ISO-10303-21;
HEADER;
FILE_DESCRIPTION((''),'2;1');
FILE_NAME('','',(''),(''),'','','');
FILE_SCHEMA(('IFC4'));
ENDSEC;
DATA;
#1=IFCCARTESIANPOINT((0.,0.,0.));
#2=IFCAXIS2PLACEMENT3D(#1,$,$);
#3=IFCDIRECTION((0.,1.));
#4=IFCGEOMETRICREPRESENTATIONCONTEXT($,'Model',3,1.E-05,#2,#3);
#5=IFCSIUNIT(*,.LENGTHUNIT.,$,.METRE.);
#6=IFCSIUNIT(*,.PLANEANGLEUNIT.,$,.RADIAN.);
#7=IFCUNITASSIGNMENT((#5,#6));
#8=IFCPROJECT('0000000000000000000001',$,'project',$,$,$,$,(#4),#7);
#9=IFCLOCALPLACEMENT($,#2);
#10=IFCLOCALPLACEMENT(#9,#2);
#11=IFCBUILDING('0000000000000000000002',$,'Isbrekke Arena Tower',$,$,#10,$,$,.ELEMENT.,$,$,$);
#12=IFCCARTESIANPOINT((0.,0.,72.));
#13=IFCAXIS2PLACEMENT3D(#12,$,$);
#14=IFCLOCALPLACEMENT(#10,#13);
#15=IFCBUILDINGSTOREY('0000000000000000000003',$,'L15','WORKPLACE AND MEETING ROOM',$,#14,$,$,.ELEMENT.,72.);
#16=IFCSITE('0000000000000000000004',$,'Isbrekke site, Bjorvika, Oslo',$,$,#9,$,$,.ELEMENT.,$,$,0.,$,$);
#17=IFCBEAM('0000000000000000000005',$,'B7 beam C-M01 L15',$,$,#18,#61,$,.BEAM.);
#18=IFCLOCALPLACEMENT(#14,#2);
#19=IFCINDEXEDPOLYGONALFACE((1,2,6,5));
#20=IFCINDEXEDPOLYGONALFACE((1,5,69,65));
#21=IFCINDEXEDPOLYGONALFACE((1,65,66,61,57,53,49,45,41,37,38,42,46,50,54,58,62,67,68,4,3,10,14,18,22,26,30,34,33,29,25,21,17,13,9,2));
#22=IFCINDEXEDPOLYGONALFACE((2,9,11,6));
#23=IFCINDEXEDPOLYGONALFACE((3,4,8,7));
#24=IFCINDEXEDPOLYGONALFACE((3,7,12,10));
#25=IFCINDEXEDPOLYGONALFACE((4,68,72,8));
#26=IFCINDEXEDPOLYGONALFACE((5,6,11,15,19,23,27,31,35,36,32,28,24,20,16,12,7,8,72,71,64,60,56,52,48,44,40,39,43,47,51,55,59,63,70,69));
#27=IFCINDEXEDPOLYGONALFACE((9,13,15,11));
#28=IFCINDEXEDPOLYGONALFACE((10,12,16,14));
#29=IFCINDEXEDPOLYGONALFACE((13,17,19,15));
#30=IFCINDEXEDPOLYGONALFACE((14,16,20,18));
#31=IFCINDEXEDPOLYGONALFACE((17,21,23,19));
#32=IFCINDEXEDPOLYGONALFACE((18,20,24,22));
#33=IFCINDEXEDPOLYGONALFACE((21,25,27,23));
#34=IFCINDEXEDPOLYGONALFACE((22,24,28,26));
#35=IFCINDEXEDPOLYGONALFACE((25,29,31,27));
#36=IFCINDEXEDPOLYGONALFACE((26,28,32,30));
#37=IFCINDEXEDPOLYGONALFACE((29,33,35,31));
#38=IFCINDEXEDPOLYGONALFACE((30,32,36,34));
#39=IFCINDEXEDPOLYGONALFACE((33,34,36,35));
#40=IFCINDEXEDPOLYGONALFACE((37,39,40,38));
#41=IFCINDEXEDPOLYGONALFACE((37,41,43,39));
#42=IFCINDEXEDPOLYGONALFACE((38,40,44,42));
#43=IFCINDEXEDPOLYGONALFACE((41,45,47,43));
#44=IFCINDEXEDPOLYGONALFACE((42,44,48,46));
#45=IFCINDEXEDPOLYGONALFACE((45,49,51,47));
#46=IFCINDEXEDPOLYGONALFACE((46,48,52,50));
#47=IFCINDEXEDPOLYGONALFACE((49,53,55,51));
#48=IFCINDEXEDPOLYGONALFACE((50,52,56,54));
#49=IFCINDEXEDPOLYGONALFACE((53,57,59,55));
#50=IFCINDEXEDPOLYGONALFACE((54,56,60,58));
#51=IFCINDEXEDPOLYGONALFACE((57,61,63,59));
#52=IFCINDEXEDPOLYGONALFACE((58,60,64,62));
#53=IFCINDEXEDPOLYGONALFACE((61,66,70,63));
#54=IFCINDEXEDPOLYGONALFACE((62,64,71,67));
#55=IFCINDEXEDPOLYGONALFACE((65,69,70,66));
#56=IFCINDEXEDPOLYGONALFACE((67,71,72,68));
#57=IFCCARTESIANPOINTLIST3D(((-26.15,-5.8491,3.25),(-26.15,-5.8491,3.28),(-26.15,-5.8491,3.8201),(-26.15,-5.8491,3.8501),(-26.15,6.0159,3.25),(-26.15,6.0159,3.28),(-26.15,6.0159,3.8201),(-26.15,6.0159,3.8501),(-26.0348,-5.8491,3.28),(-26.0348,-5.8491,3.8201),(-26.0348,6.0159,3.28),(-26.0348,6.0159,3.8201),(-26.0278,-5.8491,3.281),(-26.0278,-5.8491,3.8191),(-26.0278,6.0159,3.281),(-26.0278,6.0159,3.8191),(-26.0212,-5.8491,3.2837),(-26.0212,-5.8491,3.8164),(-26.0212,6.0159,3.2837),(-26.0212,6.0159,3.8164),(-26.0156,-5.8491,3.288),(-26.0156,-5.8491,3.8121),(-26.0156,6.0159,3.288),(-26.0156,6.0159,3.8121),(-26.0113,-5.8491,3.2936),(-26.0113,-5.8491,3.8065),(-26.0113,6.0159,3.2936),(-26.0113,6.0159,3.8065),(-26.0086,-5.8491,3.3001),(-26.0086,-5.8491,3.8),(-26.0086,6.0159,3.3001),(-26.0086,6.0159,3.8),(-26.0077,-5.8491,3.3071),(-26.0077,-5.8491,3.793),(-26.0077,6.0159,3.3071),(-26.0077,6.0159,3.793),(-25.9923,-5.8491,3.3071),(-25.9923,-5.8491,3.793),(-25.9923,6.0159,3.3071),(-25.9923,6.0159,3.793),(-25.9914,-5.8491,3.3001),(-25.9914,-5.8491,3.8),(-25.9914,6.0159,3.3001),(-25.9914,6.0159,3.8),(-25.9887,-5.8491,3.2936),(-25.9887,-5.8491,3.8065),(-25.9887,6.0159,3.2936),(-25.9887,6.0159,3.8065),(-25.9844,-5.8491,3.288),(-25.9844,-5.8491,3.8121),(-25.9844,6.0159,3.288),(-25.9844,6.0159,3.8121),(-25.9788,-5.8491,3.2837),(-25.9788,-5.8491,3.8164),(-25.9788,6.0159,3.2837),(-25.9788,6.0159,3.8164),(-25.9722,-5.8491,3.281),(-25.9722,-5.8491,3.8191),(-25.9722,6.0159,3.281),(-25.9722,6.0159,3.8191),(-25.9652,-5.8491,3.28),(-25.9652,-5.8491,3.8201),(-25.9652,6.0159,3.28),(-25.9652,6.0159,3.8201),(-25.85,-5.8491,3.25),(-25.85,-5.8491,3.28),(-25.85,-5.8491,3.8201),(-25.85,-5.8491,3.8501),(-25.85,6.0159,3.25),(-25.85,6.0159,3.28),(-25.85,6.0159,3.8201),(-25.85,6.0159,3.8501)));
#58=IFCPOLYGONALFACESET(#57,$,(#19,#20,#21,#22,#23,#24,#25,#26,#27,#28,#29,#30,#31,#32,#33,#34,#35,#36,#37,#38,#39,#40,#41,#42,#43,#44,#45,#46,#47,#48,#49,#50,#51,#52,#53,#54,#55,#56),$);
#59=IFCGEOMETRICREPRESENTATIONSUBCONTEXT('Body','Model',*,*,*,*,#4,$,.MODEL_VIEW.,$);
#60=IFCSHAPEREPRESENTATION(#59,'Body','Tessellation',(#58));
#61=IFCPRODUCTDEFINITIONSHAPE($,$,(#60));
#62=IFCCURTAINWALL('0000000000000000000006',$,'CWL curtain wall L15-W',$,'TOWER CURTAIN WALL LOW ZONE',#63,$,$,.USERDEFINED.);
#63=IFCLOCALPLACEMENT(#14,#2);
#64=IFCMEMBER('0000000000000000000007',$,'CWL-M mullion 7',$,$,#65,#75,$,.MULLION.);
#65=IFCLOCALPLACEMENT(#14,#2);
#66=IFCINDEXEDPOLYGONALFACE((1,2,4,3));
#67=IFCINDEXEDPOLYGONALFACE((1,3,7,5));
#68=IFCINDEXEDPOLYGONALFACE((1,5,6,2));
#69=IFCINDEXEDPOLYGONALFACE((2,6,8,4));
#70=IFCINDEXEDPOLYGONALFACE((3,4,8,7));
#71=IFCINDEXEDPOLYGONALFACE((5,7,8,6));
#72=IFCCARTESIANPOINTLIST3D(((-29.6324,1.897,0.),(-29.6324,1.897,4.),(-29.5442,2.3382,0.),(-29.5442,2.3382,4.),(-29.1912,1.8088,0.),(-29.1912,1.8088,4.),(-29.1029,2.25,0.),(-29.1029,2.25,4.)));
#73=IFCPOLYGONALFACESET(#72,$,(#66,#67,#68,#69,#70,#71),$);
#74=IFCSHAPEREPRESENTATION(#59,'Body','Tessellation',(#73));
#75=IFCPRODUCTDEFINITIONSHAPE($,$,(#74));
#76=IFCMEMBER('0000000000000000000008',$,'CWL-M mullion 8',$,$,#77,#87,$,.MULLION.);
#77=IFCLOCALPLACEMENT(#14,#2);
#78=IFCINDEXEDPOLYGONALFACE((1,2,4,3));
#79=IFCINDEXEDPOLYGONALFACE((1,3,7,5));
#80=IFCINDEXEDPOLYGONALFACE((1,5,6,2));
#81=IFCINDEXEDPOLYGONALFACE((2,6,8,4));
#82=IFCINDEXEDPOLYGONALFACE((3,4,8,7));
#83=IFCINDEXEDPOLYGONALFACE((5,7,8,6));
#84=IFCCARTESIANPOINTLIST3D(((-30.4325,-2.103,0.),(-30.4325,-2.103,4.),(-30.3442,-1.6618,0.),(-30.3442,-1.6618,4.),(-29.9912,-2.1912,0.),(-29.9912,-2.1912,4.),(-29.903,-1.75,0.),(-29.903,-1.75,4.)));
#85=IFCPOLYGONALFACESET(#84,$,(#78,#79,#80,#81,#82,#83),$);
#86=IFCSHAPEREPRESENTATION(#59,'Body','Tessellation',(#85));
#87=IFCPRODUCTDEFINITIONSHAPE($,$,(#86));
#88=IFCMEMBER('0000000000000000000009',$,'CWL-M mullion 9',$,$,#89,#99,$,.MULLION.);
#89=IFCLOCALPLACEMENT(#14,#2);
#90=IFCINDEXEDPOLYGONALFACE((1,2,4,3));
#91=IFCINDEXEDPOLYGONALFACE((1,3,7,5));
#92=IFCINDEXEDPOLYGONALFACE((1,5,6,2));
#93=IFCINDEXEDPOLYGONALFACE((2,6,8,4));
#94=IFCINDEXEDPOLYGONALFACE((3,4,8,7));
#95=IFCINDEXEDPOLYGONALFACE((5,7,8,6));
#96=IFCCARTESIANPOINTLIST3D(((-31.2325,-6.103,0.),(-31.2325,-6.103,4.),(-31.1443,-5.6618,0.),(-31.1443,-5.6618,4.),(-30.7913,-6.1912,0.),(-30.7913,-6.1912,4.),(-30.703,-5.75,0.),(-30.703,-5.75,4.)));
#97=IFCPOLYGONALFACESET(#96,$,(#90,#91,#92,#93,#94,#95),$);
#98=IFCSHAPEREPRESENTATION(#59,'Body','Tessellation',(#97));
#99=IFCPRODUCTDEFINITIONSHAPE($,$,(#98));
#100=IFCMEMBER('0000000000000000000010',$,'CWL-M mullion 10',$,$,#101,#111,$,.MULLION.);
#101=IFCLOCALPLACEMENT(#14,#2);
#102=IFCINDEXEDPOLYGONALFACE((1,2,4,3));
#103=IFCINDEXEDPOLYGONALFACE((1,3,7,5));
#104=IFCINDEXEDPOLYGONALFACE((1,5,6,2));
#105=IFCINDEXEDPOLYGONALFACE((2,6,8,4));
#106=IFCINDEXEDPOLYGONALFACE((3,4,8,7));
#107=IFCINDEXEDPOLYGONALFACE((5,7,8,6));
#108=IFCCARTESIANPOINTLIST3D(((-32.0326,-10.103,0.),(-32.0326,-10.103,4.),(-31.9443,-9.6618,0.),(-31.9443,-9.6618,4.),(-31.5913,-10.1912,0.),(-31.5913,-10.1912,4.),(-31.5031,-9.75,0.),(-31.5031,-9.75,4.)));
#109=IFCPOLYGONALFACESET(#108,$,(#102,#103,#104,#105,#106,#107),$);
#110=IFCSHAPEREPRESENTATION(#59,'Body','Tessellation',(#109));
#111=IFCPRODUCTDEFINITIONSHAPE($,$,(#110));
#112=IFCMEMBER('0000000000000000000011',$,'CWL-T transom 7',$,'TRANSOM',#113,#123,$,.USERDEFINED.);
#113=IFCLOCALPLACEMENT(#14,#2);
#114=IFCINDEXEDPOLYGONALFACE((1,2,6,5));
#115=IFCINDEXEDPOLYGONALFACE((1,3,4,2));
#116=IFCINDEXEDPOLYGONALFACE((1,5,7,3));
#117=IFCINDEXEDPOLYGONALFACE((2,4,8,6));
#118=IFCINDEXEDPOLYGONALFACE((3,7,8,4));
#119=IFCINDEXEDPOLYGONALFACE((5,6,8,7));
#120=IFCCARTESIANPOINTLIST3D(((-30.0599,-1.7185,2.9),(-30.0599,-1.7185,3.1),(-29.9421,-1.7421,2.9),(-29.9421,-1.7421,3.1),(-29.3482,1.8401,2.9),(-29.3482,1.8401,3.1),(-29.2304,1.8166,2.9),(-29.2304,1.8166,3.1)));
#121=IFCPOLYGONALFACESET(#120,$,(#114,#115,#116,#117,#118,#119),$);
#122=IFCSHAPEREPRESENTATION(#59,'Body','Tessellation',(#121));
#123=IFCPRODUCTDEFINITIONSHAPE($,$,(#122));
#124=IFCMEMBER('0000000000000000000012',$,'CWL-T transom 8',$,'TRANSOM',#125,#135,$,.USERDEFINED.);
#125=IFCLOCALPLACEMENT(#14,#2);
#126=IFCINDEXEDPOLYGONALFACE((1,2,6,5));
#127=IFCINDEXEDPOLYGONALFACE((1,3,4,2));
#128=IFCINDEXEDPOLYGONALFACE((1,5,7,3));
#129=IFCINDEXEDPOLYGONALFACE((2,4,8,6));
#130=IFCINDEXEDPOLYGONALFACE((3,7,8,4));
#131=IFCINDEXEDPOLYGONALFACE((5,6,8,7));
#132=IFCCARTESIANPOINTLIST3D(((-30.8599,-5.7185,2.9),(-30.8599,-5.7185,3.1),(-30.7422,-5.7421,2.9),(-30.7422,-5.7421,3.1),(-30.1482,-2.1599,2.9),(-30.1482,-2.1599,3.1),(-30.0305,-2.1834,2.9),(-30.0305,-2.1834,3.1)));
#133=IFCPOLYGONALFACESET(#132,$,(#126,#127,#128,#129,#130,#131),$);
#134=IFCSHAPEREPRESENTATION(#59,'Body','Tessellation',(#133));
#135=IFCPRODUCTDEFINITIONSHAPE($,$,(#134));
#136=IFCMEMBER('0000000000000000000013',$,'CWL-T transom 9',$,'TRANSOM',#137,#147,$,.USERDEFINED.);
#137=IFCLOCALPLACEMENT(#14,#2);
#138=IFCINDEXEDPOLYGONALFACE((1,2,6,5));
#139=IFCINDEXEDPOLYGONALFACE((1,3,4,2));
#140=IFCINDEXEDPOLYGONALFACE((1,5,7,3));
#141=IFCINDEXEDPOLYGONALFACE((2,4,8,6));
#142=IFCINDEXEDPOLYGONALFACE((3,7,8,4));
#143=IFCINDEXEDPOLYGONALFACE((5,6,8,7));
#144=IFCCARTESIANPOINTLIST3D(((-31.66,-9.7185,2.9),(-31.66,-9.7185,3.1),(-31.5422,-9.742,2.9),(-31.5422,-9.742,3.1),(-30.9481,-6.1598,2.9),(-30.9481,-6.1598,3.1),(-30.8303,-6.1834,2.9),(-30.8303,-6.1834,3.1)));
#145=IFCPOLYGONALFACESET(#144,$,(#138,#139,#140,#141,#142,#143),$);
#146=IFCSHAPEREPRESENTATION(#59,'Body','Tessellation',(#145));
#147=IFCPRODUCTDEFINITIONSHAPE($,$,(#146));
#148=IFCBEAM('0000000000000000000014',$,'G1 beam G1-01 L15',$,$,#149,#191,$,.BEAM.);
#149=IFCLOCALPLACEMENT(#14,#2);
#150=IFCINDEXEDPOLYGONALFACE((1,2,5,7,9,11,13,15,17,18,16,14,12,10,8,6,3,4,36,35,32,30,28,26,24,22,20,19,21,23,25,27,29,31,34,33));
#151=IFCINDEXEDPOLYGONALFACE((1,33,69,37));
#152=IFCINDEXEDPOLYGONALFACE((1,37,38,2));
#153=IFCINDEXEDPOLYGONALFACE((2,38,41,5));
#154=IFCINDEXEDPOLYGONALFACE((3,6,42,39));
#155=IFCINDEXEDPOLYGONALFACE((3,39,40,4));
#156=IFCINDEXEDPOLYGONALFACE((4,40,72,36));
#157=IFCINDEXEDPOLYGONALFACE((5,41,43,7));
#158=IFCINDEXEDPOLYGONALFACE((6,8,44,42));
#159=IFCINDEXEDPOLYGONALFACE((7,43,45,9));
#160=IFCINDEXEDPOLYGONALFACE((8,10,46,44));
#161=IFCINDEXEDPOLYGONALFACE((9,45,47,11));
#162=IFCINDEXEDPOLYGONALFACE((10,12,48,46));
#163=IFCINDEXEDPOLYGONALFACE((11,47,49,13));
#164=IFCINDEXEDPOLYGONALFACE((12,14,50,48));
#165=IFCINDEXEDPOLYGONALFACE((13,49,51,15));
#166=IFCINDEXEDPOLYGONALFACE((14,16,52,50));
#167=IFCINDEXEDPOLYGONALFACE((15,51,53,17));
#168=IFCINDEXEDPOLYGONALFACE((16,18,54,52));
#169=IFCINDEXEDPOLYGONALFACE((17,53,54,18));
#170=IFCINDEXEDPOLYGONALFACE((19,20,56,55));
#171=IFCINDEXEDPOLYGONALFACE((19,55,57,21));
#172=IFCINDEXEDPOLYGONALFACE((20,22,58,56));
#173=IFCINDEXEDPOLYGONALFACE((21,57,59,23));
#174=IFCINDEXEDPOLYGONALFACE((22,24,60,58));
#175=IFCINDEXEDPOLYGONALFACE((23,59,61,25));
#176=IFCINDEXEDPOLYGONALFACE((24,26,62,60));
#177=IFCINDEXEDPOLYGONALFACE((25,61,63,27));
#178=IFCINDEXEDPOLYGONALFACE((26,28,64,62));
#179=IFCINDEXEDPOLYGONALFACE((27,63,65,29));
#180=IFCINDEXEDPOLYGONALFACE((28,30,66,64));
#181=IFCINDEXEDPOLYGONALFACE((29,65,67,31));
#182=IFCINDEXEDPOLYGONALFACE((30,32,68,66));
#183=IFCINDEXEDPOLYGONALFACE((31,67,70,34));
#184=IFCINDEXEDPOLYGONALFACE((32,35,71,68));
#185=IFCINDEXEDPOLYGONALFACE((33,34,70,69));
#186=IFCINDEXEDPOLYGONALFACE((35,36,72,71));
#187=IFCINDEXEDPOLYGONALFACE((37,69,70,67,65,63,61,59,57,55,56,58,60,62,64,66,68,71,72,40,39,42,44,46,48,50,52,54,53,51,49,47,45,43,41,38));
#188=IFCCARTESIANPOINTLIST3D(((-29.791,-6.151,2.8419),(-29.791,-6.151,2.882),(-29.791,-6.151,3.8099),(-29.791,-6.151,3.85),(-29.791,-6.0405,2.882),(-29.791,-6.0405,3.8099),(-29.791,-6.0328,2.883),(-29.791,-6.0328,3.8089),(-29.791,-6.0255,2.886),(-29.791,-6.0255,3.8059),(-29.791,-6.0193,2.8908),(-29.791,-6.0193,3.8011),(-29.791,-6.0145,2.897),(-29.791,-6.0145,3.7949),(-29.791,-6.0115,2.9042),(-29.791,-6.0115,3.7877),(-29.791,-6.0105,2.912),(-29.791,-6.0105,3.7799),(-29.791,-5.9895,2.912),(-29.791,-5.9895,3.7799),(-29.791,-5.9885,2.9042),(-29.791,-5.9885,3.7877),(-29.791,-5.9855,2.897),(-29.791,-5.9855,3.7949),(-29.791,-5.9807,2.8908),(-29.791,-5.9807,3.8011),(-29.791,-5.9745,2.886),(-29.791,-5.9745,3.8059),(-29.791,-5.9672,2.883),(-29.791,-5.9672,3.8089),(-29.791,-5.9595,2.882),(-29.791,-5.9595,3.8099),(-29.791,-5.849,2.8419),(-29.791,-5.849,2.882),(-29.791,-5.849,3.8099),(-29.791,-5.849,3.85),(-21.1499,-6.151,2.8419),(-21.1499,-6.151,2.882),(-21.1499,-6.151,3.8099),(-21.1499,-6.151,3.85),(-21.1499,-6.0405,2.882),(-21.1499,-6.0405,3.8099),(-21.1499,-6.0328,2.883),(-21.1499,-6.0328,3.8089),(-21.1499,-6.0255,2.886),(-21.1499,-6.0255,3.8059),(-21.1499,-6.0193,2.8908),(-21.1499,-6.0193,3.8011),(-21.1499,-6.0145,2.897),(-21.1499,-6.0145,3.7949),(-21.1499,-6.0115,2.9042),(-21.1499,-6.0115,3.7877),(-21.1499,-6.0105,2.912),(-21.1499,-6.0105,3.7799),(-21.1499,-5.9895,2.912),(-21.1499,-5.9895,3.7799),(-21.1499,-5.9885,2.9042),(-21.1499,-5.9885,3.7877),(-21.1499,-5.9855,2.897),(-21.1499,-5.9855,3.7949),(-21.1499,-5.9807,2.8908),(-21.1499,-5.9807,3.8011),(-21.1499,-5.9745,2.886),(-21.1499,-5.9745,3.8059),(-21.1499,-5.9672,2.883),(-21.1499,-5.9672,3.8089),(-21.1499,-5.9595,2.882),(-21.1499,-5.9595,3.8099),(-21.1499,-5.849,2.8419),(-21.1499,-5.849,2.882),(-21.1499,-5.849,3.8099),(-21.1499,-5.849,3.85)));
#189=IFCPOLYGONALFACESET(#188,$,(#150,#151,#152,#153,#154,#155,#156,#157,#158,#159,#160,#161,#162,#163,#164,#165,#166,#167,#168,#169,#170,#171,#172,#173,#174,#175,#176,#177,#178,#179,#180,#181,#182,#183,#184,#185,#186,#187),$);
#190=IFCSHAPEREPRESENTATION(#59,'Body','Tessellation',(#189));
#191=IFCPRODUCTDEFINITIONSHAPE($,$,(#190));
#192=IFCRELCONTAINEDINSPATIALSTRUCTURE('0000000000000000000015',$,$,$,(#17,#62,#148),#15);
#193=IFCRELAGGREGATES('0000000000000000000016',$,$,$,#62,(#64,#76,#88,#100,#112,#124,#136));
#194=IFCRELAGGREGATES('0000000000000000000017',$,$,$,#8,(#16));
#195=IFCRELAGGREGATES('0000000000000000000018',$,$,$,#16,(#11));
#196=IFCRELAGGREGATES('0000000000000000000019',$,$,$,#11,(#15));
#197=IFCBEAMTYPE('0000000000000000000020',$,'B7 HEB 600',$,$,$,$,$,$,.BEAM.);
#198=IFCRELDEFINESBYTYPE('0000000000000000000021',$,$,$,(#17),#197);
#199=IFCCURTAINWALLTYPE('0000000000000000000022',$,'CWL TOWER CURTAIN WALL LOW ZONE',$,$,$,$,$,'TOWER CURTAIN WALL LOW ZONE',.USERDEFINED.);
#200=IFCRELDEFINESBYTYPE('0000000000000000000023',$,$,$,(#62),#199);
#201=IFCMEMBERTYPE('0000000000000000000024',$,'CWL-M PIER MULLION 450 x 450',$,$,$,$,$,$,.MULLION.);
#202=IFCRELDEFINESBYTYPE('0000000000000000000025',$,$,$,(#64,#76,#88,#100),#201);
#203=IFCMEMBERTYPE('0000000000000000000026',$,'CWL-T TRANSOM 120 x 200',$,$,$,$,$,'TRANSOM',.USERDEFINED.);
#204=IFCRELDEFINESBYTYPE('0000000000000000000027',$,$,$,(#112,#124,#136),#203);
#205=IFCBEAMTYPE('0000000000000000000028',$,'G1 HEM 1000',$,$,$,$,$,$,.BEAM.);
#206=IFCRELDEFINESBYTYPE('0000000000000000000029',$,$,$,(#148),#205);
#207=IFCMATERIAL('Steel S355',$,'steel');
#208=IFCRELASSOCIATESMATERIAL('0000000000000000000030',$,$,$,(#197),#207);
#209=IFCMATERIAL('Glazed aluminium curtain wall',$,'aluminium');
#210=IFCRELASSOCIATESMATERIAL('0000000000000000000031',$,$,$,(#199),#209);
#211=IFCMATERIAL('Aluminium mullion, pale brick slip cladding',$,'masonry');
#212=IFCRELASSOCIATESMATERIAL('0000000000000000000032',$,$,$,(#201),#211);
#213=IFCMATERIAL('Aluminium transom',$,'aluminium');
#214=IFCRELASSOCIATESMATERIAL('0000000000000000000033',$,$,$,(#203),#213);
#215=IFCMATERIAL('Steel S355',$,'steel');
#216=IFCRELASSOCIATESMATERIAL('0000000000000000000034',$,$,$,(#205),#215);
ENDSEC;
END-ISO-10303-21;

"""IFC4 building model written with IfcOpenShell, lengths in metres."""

from ifc_helpers import new_model, si_unit, direction, frame, origin, origin_2d, place, context, subcontext, project, spatial, rectangle, i_section, extrude, material, material_profile, profile_set, type_object, element, aggregate, save


model = new_model("IFC4")

# Units and contexts
model_context = context("Model", 3, precision=1e-05, world=origin(), true_north=direction((0.0, 1.0)))
body_context = subcontext(model_context, "Body", "Model", "MODEL_VIEW")
ifc_project = project(units=[si_unit("LENGTHUNIT", "METRE"), si_unit("PLANEANGLEUNIT", "RADIAN")], contexts=[model_context])

# Site, building, storey
site_placement = place(None, origin())
site = spatial("IfcSite", under=ifc_project, at=site_placement, Name="Isbrekke site, Bjorvika, Oslo", CompositionType="ELEMENT", RefElevation=0.0)
building_placement = place(site_placement, origin())
building = spatial("IfcBuilding", under=site, at=building_placement, Name="Isbrekke Arena Tower", CompositionType="ELEMENT")
storey_placement = place(building_placement, frame((0.0, 0.0, 72.0)))
storey = spatial("IfcBuildingStorey", under=building, at=storey_placement, Name="L15", Description="WORKPLACE AND MEETING ROOM", CompositionType="ELEMENT", Elevation=72.0)

# Beam
ifc_material_1 = material(Name="Steel S355", Category="steel")
ifc_material_profile_1 = material_profile(ifc_material_1, i_section(OverallWidth=0.3, OverallDepth=0.6001, WebThickness=0.0154, FlangeThickness=0.03, FilletRadius=0.0271, at=origin_2d()), Name="HEB 600")
ifc_profile_set_1 = profile_set([ifc_material_profile_1], Name="Steel S355")
beam_type_1 = type_object("IfcBeamType", Name="B7 HEB 600", PredefinedType="BEAM", material=ifc_profile_set_1)
beam_1_placement = place(storey_placement, frame((-26.0, -5.8491, 3.55), z_axis=(0.0, 1.0, 0.0), x_axis=(-1.0, 0.0, 0.0)))
element("IfcBeam", 1, at=beam_1_placement, inside=storey, type_object=beam_type_1, Name="B7 beam C-M01 L15", PredefinedType="BEAM", context=body_context, shape_type="SweptSolid", body=[
    extrude(i_section(OverallWidth=0.3, OverallDepth=0.6001, WebThickness=0.0154, FlangeThickness=0.03, FilletRadius=0.0271, at=origin_2d()), origin(), (0.0, 0.0, 1.0), 11.865),
])

# Curtain wall, members
ifc_material_2 = material(Name="Glazed aluminium curtain wall", Category="aluminium")
curtain_wall_type = type_object("IfcCurtainWallType", Name="CWL TOWER CURTAIN WALL LOW ZONE", ElementType="TOWER CURTAIN WALL LOW ZONE", PredefinedType="USERDEFINED", material=ifc_material_2)
curtain_wall_placement = place(storey_placement, origin())
curtain_wall = element("IfcCurtainWall", 2, at=curtain_wall_placement, inside=storey, type_object=curtain_wall_type, Name="CWL curtain wall L15-W", ObjectType="TOWER CURTAIN WALL LOW ZONE", PredefinedType="USERDEFINED")
ifc_material_3 = material(Name="Aluminium mullion, pale brick slip cladding", Category="masonry")
ifc_material_profile_2 = material_profile(ifc_material_3, rectangle(XDim=0.45, YDim=0.45, at=origin_2d()), Name="PIER 450X450")
ifc_profile_set_2 = profile_set([ifc_material_profile_2], Name="Aluminium mullion, pale brick slip cladding")
member_type_1 = type_object("IfcMemberType", Name="CWL-M PIER MULLION 450 x 450", PredefinedType="MULLION", material=ifc_profile_set_2)
member_1_placement = place(storey_placement, frame((-29.3677, 2.0735, 0.0), z_axis=(0.0, 0.0, 1.0), x_axis=(-0.196116, -0.980581, 0.0)))
member_1 = element("IfcMember", 3, at=member_1_placement, type_object=member_type_1, Name="CWL-M mullion 7", PredefinedType="MULLION", context=body_context, shape_type="SweptSolid", body=[
    extrude(rectangle(XDim=0.45, YDim=0.45, at=origin_2d()), origin(), (0.0, 0.0, 1.0), 4.0),
])
member_2_placement = place(storey_placement, frame((-30.1677, -1.9265, 0.0), z_axis=(0.0, 0.0, 1.0), x_axis=(-0.196116, -0.980581, 0.0)))
member_2 = element("IfcMember", 4, at=member_2_placement, type_object=member_type_1, Name="CWL-M mullion 8", PredefinedType="MULLION", context=body_context, shape_type="SweptSolid", body=[
    extrude(rectangle(XDim=0.45, YDim=0.45, at=origin_2d()), origin(), (0.0, 0.0, 1.0), 4.0),
])
member_3_placement = place(storey_placement, frame((-30.9678, -5.9265, 0.0), z_axis=(0.0, 0.0, 1.0), x_axis=(-0.196116, -0.980581, 0.0)))
member_3 = element("IfcMember", 5, at=member_3_placement, type_object=member_type_1, Name="CWL-M mullion 9", PredefinedType="MULLION", context=body_context, shape_type="SweptSolid", body=[
    extrude(rectangle(XDim=0.45, YDim=0.45, at=origin_2d()), origin(), (0.0, 0.0, 1.0), 4.0),
])
member_4_placement = place(storey_placement, frame((-31.7678, -9.9265, 0.0), z_axis=(0.0, 0.0, 1.0), x_axis=(-0.196116, -0.980581, 0.0)))
member_4 = element("IfcMember", 6, at=member_4_placement, type_object=member_type_1, Name="CWL-M mullion 10", PredefinedType="MULLION", context=body_context, shape_type="SweptSolid", body=[
    extrude(rectangle(XDim=0.45, YDim=0.45, at=origin_2d()), origin(), (0.0, 0.0, 1.0), 4.0),
])
ifc_material_4 = material(Name="Aluminium transom", Category="aluminium")
ifc_material_profile_3 = material_profile(ifc_material_4, rectangle(XDim=0.1201, YDim=0.2, at=origin_2d()), Name="TRANSOM 120X200")
ifc_profile_set_3 = profile_set([ifc_material_profile_3], Name="Aluminium transom")
member_type_2 = type_object("IfcMemberType", Name="CWL-T TRANSOM 120 x 200", ElementType="TRANSOM", PredefinedType="USERDEFINED", material=ifc_profile_set_3)
member_5_placement = place(storey_placement, frame((-29.2893, 1.8284, 3.0), z_axis=(-0.196103, -0.980583, 0.0), x_axis=(0.980583, -0.196103, 0.0)))
member_5 = element("IfcMember", 7, at=member_5_placement, type_object=member_type_2, Name="CWL-T transom 7", ObjectType="TRANSOM", PredefinedType="USERDEFINED", context=body_context, shape_type="SweptSolid", body=[
    extrude(rectangle(XDim=0.1201, YDim=0.2, at=origin_2d()), origin(), (0.0, 0.0, 1.0), 3.6292),
])
member_6_placement = place(storey_placement, frame((-30.0894, -2.1716, 3.0), z_axis=(-0.196103, -0.980583, 0.0), x_axis=(0.980583, -0.196103, 0.0)))
member_6 = element("IfcMember", 8, at=member_6_placement, type_object=member_type_2, Name="CWL-T transom 8", ObjectType="TRANSOM", PredefinedType="USERDEFINED", context=body_context, shape_type="SweptSolid", body=[
    extrude(rectangle(XDim=0.1201, YDim=0.2, at=origin_2d()), origin(), (0.0, 0.0, 1.0), 3.6292),
])
member_7_placement = place(storey_placement, frame((-30.8892, -6.1716, 3.0), z_axis=(-0.196168, -0.98057, 0.0), x_axis=(0.98057, -0.196168, 0.0)))
member_7 = element("IfcMember", 9, at=member_7_placement, type_object=member_type_2, Name="CWL-T transom 9", ObjectType="TRANSOM", PredefinedType="USERDEFINED", context=body_context, shape_type="SweptSolid", body=[
    extrude(rectangle(XDim=0.1201, YDim=0.2, at=origin_2d()), origin(), (0.0, 0.0, 1.0), 3.6292),
])

# Beam
ifc_material_5 = material(Name="Steel S355", Category="steel")
ifc_material_profile_4 = material_profile(ifc_material_5, i_section(OverallWidth=0.302, OverallDepth=1.0081, WebThickness=0.021, FlangeThickness=0.04, FilletRadius=0.03, at=origin_2d()), Name="HEM 1000")
ifc_profile_set_4 = profile_set([ifc_material_profile_4], Name="Steel S355")
beam_type_2 = type_object("IfcBeamType", Name="G1 HEM 1000", PredefinedType="BEAM", material=ifc_profile_set_4)
beam_2_placement = place(storey_placement, frame((-29.791, -6.0, 3.3459), z_axis=(1.0, 0.0, 0.0), x_axis=(0.0, 1.0, 0.0)))
element("IfcBeam", 10, at=beam_2_placement, inside=storey, type_object=beam_type_2, Name="G1 beam G1-01 L15", PredefinedType="BEAM", context=body_context, shape_type="SweptSolid", body=[
    extrude(i_section(OverallWidth=0.302, OverallDepth=1.0081, WebThickness=0.021, FlangeThickness=0.04, FilletRadius=0.03, at=origin_2d()), origin(), (0.0, 0.0, 1.0), 8.6411),
])

aggregate(curtain_wall, [member_1, member_2, member_3, member_4, member_5, member_6, member_7])

save(model, "model.ifc")
